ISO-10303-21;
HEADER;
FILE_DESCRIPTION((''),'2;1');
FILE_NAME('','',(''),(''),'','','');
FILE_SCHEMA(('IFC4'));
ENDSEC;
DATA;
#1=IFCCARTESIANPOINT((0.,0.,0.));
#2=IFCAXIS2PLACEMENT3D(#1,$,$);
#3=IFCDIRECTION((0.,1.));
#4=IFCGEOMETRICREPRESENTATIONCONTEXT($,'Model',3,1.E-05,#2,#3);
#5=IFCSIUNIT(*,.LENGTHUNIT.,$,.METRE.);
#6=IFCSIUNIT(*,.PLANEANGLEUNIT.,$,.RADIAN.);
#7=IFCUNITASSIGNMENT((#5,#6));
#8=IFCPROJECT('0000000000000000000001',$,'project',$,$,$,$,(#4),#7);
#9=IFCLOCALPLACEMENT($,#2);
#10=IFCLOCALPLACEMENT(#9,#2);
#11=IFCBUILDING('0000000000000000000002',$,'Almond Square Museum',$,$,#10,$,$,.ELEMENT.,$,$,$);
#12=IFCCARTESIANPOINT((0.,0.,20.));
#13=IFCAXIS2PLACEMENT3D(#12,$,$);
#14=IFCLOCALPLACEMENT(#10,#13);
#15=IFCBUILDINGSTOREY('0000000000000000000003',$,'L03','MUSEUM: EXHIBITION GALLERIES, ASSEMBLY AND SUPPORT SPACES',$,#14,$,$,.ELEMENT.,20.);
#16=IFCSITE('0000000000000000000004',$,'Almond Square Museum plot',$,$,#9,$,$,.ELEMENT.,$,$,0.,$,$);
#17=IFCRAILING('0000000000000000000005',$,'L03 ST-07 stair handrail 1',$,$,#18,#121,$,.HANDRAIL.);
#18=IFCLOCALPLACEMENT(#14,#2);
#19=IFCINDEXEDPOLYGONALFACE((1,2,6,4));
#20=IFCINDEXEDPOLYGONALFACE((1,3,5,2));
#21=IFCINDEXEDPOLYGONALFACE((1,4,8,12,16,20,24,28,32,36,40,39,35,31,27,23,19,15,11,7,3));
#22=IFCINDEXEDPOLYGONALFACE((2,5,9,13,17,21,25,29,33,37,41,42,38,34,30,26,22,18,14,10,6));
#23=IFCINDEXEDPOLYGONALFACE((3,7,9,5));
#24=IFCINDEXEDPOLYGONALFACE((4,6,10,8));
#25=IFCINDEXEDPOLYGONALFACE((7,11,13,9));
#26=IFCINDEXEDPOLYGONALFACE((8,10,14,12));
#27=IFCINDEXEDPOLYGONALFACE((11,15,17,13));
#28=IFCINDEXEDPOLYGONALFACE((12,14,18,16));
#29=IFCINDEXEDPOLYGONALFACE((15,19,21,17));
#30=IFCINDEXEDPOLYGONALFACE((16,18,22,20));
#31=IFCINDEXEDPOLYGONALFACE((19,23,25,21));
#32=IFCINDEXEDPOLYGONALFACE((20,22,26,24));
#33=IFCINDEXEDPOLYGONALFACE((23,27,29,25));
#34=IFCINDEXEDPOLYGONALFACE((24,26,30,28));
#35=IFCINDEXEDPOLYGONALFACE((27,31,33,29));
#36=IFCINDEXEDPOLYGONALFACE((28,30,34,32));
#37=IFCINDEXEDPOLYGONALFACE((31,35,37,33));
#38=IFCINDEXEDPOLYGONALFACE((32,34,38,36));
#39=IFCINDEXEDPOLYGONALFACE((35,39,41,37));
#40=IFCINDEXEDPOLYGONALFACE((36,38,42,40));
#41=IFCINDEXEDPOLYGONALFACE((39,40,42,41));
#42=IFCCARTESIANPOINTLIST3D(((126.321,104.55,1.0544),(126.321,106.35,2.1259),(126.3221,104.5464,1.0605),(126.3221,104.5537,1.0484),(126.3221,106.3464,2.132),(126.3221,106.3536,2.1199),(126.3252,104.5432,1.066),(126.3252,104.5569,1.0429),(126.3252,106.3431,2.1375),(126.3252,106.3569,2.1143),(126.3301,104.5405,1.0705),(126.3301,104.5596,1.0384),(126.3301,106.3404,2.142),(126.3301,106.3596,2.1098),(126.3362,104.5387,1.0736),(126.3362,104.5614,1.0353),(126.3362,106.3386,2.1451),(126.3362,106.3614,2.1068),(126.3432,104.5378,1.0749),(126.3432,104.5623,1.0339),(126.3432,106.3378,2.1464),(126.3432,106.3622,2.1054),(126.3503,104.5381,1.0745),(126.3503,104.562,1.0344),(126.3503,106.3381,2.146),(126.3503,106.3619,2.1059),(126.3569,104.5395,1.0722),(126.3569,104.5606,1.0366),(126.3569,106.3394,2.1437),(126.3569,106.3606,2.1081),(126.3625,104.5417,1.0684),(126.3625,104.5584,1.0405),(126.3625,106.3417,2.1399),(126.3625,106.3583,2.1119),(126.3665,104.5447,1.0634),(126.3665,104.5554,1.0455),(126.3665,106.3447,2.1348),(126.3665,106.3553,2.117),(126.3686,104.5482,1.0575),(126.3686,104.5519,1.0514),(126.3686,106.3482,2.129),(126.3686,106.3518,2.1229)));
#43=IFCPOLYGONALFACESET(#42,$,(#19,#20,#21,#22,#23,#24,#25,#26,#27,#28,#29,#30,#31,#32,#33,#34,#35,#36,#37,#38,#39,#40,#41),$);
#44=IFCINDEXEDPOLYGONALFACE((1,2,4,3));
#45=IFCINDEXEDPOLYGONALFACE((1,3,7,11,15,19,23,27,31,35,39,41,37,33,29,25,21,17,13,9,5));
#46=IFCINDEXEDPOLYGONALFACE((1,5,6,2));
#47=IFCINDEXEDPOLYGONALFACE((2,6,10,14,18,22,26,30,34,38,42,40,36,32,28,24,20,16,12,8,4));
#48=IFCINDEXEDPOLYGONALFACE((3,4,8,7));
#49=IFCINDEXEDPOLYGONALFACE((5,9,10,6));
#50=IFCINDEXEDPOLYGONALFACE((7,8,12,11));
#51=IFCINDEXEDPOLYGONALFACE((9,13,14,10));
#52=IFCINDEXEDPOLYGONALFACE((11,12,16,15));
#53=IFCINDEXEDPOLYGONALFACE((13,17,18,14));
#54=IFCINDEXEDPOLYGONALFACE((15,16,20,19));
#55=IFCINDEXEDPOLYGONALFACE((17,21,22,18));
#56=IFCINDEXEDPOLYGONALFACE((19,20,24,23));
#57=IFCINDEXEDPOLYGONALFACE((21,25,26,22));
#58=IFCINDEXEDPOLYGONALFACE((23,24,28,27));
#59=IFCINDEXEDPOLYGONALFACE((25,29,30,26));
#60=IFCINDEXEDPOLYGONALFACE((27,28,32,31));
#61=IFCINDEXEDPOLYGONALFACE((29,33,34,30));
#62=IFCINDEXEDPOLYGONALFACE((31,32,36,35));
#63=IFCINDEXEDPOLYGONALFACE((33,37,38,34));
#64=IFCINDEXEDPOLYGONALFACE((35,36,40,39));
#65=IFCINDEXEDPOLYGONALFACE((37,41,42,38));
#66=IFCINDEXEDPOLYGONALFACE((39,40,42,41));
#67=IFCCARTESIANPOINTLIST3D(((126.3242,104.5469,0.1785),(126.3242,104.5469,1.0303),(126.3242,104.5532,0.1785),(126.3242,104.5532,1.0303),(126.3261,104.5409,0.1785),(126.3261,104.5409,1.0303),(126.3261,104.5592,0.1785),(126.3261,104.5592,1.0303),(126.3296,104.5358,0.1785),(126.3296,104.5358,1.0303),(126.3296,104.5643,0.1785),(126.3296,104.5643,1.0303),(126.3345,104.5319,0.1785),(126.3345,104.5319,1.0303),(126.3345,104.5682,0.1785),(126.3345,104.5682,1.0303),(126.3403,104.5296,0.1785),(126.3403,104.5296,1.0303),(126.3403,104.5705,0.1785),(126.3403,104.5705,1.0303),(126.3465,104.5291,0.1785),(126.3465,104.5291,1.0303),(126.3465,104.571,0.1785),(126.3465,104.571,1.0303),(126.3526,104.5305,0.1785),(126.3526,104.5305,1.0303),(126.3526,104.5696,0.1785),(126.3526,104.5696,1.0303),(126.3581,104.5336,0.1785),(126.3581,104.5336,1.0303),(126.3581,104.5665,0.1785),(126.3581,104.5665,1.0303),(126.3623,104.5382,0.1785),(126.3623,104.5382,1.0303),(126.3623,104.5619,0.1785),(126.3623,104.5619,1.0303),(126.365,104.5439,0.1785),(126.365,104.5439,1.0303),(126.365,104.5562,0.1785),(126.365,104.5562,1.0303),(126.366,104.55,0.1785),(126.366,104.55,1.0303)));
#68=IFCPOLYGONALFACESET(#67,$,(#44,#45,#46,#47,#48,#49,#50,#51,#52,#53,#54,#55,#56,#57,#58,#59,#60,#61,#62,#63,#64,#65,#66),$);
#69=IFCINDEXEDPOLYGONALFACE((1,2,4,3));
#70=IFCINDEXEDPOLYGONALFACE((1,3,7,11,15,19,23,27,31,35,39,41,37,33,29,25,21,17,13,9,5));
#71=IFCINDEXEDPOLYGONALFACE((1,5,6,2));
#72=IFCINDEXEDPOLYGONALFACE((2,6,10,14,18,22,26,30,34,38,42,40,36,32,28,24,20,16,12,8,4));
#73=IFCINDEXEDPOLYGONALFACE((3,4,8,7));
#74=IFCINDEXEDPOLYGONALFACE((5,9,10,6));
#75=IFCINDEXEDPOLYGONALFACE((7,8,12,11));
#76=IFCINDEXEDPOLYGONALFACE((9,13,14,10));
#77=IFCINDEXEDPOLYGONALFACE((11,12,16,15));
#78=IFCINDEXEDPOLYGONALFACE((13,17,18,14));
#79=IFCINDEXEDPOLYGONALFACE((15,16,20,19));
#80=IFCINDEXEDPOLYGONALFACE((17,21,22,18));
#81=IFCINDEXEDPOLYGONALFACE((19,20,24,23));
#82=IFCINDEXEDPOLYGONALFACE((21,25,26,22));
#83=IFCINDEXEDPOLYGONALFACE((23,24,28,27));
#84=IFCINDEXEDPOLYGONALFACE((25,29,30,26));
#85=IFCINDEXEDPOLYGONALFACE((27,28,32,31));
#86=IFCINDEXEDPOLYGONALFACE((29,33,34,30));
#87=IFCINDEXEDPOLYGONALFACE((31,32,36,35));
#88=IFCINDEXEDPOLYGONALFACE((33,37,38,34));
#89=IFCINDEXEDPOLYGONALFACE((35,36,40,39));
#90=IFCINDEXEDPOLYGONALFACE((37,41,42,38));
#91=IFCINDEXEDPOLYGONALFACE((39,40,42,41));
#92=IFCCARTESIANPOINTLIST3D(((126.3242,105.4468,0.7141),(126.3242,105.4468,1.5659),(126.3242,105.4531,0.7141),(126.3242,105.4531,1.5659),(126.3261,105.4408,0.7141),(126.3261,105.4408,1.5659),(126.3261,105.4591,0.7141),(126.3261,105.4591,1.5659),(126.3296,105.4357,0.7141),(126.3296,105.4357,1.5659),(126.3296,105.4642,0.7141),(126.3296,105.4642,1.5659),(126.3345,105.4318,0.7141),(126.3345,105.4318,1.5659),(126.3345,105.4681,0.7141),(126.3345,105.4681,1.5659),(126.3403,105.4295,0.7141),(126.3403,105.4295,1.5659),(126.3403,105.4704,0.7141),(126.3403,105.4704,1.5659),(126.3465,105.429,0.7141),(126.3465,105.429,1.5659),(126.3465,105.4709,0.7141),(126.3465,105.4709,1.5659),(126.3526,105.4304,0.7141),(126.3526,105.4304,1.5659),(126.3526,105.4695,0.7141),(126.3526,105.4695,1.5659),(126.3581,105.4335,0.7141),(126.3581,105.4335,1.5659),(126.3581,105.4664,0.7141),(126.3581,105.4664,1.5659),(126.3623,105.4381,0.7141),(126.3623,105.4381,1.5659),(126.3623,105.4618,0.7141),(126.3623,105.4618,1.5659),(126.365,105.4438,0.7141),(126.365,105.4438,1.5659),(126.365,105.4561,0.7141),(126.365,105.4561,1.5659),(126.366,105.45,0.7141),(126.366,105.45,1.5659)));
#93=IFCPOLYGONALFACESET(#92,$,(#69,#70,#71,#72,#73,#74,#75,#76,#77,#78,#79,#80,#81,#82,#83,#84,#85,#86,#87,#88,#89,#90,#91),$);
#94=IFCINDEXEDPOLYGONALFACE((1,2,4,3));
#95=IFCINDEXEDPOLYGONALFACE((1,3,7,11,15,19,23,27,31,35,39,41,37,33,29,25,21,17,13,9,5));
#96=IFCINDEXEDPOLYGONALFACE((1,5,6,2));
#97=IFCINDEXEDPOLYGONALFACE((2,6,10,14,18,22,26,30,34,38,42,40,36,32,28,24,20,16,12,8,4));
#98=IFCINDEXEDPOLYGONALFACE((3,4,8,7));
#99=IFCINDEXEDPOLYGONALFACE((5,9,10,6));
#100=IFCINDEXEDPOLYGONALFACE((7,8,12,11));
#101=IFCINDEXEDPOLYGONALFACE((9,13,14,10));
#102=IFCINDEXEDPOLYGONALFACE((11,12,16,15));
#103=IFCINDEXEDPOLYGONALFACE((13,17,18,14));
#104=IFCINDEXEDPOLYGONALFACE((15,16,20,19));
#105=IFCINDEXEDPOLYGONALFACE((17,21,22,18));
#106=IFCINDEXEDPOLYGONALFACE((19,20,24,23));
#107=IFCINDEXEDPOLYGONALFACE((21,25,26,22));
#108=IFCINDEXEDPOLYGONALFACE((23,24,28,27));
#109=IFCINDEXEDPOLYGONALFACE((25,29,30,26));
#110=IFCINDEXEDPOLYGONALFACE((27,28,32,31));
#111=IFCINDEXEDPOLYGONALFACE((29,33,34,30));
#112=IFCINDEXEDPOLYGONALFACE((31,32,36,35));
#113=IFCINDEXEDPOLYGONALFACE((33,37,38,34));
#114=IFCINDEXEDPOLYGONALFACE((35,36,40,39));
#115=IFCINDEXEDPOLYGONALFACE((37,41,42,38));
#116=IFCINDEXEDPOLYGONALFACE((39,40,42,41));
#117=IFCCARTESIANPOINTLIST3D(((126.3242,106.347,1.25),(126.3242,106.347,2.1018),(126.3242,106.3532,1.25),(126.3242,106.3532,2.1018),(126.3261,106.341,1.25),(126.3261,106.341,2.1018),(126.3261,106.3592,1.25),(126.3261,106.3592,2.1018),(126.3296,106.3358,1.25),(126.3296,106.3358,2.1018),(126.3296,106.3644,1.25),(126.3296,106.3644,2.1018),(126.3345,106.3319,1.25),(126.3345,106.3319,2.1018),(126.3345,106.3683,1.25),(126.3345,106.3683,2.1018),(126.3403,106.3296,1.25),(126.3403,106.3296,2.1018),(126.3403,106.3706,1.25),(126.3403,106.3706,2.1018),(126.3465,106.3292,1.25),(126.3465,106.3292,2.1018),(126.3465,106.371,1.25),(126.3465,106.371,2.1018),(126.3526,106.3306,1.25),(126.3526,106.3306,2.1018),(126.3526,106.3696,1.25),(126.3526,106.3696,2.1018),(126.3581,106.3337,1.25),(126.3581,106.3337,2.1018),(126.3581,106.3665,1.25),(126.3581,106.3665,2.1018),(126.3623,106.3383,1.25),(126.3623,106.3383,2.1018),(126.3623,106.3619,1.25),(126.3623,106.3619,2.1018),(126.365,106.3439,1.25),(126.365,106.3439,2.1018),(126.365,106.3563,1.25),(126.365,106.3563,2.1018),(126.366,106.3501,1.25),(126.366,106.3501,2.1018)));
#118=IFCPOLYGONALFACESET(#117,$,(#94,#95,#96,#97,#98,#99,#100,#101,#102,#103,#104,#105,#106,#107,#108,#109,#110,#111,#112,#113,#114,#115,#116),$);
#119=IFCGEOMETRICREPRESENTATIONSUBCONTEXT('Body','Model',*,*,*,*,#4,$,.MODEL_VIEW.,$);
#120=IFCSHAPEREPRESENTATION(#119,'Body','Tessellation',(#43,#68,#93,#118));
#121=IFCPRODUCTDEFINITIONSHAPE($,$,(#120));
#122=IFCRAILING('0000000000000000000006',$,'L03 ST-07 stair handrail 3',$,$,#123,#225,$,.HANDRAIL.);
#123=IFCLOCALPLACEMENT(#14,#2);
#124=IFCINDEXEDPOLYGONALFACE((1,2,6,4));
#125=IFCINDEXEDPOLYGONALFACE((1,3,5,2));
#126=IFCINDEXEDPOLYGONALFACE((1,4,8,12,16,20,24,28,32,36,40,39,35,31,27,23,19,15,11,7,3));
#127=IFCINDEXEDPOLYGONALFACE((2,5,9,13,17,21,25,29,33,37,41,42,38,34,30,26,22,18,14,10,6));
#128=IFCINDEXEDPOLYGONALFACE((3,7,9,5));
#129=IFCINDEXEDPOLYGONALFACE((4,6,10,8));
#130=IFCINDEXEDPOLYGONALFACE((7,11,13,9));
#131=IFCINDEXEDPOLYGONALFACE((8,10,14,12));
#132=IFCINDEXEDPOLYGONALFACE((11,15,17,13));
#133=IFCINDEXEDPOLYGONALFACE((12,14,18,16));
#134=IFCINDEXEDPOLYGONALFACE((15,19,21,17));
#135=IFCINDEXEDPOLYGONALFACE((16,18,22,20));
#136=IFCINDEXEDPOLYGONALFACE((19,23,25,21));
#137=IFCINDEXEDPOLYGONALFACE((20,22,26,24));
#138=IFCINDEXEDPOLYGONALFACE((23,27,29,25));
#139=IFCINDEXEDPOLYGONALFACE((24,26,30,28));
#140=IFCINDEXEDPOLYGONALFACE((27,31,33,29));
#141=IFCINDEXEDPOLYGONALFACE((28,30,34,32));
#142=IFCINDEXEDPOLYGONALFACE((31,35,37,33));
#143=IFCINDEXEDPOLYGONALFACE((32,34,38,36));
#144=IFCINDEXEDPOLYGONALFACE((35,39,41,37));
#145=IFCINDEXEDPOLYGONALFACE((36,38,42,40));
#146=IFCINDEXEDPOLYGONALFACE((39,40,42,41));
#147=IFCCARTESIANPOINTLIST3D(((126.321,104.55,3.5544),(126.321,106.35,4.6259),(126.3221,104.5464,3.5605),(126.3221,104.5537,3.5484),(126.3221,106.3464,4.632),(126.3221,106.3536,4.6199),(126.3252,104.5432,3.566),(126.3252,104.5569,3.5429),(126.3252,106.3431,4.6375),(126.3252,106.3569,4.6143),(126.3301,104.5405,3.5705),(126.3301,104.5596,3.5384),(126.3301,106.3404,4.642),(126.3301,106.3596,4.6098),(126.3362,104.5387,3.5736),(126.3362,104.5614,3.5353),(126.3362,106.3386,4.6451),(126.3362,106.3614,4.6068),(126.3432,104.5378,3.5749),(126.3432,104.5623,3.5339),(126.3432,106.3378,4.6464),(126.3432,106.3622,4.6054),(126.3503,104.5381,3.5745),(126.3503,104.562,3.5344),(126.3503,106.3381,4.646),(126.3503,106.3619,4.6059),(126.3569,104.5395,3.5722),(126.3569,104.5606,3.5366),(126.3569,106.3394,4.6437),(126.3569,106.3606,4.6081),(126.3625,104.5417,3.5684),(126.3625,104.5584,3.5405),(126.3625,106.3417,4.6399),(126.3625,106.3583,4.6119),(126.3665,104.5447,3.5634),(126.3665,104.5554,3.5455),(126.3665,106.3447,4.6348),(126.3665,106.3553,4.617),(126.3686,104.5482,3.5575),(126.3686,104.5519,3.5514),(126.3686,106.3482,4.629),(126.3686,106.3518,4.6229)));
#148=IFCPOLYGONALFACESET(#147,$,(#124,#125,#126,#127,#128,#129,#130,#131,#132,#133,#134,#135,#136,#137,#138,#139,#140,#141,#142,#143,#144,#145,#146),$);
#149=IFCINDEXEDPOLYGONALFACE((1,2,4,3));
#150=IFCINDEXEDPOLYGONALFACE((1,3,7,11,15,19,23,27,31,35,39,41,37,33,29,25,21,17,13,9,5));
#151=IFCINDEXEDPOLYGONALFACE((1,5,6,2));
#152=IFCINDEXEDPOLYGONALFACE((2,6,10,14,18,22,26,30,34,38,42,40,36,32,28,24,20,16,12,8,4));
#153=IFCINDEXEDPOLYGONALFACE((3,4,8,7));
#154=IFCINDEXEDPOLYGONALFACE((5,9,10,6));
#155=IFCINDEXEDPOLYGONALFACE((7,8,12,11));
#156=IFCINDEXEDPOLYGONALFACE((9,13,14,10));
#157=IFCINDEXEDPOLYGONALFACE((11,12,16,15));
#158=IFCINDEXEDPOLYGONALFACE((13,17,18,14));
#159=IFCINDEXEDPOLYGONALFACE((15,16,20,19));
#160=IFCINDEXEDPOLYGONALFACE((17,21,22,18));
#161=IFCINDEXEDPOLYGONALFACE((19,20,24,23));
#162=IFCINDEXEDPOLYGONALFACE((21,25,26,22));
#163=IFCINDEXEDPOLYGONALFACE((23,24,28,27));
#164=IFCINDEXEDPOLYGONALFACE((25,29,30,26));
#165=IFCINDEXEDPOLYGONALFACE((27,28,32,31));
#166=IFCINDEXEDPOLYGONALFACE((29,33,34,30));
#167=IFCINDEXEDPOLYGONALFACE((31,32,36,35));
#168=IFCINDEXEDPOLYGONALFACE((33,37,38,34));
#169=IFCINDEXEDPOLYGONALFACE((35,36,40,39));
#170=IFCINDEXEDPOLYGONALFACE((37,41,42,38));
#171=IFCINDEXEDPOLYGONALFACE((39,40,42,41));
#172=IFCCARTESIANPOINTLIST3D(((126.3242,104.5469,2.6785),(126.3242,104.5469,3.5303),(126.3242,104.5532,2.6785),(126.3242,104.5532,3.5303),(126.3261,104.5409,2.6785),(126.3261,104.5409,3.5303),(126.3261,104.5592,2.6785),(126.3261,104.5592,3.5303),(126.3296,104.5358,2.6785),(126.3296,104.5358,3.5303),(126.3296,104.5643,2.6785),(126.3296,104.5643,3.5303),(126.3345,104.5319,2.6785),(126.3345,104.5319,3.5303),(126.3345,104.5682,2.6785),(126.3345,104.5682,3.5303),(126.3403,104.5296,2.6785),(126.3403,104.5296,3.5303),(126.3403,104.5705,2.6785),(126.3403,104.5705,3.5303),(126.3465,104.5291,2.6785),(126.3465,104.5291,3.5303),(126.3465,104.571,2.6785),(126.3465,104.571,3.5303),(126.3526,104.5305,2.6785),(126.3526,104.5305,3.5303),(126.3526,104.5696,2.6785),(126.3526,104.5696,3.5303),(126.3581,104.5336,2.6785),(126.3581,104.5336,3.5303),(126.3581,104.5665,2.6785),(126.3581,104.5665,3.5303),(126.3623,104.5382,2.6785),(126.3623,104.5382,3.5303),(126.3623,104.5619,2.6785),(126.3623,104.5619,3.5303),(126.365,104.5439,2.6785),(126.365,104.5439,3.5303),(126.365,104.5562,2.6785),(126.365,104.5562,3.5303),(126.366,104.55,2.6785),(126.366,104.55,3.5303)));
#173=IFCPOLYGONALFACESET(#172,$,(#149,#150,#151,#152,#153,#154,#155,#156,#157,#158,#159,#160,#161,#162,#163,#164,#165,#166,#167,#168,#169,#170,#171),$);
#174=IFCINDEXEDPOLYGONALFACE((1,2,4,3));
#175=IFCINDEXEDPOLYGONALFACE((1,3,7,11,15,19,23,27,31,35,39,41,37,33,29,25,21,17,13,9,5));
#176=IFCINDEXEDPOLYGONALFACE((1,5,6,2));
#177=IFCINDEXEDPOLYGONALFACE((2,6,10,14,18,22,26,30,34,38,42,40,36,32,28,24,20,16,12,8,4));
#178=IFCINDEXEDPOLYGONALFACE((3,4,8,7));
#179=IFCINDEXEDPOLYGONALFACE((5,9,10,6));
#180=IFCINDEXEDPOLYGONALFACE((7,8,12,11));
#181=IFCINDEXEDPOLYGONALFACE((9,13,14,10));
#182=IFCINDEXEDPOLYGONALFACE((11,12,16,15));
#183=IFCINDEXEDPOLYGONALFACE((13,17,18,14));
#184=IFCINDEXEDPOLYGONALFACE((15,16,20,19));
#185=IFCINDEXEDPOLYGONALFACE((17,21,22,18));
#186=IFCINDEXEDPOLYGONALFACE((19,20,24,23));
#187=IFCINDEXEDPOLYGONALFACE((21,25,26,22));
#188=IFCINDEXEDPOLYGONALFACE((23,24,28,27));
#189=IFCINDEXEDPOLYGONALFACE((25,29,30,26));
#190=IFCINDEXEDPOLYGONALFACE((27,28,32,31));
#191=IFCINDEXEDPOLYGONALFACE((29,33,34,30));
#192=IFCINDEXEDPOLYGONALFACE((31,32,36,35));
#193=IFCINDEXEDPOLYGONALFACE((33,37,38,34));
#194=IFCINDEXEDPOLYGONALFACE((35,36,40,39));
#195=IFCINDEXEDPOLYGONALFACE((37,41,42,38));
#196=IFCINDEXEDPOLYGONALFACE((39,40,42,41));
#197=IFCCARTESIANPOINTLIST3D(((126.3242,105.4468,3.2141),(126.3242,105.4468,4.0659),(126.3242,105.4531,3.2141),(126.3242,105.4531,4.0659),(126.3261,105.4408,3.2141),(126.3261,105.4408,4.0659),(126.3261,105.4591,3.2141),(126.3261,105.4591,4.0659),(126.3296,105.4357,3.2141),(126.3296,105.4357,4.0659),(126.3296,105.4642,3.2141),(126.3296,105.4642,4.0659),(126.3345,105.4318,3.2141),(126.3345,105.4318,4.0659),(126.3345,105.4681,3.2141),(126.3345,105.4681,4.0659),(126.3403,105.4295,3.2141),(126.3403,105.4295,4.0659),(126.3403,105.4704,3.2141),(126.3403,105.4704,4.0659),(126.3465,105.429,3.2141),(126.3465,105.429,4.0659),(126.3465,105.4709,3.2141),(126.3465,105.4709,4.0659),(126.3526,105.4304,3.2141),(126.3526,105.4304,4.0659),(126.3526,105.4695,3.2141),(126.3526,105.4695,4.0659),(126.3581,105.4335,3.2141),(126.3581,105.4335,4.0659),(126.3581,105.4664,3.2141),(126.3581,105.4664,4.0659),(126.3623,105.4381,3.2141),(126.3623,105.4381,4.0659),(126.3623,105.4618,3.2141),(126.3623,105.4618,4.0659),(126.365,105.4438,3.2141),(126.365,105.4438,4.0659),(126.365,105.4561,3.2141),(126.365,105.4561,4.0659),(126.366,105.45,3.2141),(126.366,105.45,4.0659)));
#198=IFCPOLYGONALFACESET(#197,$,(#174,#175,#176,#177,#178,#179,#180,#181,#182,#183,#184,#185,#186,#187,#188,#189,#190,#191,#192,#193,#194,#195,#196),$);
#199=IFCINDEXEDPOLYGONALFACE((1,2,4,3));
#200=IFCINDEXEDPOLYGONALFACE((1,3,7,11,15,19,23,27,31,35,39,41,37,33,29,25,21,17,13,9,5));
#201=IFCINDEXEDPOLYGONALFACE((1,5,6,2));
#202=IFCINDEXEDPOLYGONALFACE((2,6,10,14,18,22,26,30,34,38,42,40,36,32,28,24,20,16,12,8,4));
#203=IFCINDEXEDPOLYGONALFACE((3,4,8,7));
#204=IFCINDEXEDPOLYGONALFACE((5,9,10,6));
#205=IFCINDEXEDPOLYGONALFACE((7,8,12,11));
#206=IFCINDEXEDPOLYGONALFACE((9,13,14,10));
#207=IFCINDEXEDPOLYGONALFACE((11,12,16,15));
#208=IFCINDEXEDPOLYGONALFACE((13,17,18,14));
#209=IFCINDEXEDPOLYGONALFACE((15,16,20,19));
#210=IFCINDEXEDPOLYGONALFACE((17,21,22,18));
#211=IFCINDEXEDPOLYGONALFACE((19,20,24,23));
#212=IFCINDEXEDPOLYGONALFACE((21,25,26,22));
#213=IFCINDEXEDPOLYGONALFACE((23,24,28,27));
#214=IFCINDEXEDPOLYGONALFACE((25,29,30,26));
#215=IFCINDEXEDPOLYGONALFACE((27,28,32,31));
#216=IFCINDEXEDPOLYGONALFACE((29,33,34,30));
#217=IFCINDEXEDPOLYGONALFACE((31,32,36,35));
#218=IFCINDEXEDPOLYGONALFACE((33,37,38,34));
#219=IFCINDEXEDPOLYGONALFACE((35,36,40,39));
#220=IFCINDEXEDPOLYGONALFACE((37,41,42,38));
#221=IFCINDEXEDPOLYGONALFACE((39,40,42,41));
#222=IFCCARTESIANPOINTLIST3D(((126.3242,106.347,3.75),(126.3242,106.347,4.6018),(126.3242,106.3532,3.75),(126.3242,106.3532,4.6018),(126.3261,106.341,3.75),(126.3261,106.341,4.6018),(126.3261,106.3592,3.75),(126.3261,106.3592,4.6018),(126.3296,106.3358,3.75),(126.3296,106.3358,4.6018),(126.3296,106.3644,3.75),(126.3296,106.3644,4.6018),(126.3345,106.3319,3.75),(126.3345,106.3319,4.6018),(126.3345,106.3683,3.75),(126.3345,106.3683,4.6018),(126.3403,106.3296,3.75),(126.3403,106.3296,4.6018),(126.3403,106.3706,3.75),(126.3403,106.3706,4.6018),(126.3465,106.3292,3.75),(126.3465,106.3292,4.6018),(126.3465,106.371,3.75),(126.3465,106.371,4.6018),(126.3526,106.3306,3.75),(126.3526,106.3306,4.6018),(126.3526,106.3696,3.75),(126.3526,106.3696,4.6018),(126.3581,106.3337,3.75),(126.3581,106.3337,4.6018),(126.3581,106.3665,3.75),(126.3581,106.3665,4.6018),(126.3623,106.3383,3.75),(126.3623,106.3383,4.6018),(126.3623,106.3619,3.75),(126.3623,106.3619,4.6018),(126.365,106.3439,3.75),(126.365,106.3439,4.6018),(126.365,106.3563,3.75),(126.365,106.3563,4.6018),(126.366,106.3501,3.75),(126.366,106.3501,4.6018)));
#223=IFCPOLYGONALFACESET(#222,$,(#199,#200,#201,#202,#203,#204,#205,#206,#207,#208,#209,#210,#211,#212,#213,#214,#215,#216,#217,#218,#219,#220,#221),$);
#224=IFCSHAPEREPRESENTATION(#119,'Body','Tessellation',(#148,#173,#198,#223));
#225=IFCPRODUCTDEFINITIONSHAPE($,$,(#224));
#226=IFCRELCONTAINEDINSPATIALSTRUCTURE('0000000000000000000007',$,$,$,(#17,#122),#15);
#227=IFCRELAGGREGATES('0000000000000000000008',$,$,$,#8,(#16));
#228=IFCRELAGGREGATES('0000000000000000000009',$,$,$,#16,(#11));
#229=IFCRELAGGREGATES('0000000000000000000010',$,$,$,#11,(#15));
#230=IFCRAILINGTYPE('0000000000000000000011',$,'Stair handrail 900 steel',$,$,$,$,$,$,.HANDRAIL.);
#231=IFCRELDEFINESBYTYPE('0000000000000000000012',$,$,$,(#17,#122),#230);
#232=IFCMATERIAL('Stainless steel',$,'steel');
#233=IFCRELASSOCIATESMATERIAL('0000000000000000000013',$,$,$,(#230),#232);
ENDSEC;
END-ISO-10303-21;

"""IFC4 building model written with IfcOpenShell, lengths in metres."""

from ifc_helpers import new_model, si_unit, direction, frame, origin, origin_2d, place, context, subcontext, project, spatial, circle, extrude, material, type_object, element, save


model = new_model("IFC4")

# Units and contexts
model_context = context("Model", 3, precision=1e-05, world=origin(), true_north=direction((0.0, 1.0)))
body_context = subcontext(model_context, "Body", "Model", "MODEL_VIEW")
ifc_project = project(units=[si_unit("LENGTHUNIT", "METRE"), si_unit("PLANEANGLEUNIT", "RADIAN")], contexts=[model_context])

# Site, building, storey
site_placement = place(None, origin())
site = spatial("IfcSite", under=ifc_project, at=site_placement, Name="Almond Square Museum plot", CompositionType="ELEMENT", RefElevation=0.0)
building_placement = place(site_placement, origin())
building = spatial("IfcBuilding", under=site, at=building_placement, Name="Almond Square Museum", CompositionType="ELEMENT")
storey_placement = place(building_placement, frame((0.0, 0.0, 20.0)))
storey = spatial("IfcBuildingStorey", under=building, at=storey_placement, Name="L03", Description="MUSEUM: EXHIBITION GALLERIES, ASSEMBLY AND SUPPORT SPACES", CompositionType="ELEMENT", Elevation=20.0)

# Railings
ifc_material_1 = material(Name="Stainless steel", Category="steel")
railing_type_1 = type_object("IfcRailingType", Name="Stair handrail 900 steel", PredefinedType="HANDRAIL", material=ifc_material_1)
for number, where, name in (
    (1, (126.345, 104.55, 0.1785), "L03 ST-07 stair handrail 1"),
    (2, (126.345, 104.55, 2.6785), "L03 ST-07 stair handrail 3"),
):
    element("IfcRailing", number, at=place(storey_placement, frame(where)), inside=storey, type_object=railing_type_1, Name=name, PredefinedType="HANDRAIL", context=body_context, shape_type="SweptSolid", body=[
        extrude(circle(Radius=0.0239, at=origin_2d()), frame((0.0, 0.0, 0.876), z_axis=(0.0, 0.859277, 0.51151), x_axis=(-1.0, 0.0, 0.0)), (0.0, 0.0, 1.0), 2.0947),
        extrude(circle(Radius=0.021, at=origin_2d()), origin(), (0.0, 0.0, 1.0), 0.8518),
        extrude(circle(Radius=0.021, at=origin_2d()), frame((0.0, 0.8999, 0.5356)), (0.0, 0.0, 1.0), 0.8518),
        extrude(circle(Radius=0.021, at=origin_2d()), frame((0.0, 1.8, 1.0715)), (0.0, 0.0, 1.0), 0.8518),
    ])

save(model, "model.ifc")
